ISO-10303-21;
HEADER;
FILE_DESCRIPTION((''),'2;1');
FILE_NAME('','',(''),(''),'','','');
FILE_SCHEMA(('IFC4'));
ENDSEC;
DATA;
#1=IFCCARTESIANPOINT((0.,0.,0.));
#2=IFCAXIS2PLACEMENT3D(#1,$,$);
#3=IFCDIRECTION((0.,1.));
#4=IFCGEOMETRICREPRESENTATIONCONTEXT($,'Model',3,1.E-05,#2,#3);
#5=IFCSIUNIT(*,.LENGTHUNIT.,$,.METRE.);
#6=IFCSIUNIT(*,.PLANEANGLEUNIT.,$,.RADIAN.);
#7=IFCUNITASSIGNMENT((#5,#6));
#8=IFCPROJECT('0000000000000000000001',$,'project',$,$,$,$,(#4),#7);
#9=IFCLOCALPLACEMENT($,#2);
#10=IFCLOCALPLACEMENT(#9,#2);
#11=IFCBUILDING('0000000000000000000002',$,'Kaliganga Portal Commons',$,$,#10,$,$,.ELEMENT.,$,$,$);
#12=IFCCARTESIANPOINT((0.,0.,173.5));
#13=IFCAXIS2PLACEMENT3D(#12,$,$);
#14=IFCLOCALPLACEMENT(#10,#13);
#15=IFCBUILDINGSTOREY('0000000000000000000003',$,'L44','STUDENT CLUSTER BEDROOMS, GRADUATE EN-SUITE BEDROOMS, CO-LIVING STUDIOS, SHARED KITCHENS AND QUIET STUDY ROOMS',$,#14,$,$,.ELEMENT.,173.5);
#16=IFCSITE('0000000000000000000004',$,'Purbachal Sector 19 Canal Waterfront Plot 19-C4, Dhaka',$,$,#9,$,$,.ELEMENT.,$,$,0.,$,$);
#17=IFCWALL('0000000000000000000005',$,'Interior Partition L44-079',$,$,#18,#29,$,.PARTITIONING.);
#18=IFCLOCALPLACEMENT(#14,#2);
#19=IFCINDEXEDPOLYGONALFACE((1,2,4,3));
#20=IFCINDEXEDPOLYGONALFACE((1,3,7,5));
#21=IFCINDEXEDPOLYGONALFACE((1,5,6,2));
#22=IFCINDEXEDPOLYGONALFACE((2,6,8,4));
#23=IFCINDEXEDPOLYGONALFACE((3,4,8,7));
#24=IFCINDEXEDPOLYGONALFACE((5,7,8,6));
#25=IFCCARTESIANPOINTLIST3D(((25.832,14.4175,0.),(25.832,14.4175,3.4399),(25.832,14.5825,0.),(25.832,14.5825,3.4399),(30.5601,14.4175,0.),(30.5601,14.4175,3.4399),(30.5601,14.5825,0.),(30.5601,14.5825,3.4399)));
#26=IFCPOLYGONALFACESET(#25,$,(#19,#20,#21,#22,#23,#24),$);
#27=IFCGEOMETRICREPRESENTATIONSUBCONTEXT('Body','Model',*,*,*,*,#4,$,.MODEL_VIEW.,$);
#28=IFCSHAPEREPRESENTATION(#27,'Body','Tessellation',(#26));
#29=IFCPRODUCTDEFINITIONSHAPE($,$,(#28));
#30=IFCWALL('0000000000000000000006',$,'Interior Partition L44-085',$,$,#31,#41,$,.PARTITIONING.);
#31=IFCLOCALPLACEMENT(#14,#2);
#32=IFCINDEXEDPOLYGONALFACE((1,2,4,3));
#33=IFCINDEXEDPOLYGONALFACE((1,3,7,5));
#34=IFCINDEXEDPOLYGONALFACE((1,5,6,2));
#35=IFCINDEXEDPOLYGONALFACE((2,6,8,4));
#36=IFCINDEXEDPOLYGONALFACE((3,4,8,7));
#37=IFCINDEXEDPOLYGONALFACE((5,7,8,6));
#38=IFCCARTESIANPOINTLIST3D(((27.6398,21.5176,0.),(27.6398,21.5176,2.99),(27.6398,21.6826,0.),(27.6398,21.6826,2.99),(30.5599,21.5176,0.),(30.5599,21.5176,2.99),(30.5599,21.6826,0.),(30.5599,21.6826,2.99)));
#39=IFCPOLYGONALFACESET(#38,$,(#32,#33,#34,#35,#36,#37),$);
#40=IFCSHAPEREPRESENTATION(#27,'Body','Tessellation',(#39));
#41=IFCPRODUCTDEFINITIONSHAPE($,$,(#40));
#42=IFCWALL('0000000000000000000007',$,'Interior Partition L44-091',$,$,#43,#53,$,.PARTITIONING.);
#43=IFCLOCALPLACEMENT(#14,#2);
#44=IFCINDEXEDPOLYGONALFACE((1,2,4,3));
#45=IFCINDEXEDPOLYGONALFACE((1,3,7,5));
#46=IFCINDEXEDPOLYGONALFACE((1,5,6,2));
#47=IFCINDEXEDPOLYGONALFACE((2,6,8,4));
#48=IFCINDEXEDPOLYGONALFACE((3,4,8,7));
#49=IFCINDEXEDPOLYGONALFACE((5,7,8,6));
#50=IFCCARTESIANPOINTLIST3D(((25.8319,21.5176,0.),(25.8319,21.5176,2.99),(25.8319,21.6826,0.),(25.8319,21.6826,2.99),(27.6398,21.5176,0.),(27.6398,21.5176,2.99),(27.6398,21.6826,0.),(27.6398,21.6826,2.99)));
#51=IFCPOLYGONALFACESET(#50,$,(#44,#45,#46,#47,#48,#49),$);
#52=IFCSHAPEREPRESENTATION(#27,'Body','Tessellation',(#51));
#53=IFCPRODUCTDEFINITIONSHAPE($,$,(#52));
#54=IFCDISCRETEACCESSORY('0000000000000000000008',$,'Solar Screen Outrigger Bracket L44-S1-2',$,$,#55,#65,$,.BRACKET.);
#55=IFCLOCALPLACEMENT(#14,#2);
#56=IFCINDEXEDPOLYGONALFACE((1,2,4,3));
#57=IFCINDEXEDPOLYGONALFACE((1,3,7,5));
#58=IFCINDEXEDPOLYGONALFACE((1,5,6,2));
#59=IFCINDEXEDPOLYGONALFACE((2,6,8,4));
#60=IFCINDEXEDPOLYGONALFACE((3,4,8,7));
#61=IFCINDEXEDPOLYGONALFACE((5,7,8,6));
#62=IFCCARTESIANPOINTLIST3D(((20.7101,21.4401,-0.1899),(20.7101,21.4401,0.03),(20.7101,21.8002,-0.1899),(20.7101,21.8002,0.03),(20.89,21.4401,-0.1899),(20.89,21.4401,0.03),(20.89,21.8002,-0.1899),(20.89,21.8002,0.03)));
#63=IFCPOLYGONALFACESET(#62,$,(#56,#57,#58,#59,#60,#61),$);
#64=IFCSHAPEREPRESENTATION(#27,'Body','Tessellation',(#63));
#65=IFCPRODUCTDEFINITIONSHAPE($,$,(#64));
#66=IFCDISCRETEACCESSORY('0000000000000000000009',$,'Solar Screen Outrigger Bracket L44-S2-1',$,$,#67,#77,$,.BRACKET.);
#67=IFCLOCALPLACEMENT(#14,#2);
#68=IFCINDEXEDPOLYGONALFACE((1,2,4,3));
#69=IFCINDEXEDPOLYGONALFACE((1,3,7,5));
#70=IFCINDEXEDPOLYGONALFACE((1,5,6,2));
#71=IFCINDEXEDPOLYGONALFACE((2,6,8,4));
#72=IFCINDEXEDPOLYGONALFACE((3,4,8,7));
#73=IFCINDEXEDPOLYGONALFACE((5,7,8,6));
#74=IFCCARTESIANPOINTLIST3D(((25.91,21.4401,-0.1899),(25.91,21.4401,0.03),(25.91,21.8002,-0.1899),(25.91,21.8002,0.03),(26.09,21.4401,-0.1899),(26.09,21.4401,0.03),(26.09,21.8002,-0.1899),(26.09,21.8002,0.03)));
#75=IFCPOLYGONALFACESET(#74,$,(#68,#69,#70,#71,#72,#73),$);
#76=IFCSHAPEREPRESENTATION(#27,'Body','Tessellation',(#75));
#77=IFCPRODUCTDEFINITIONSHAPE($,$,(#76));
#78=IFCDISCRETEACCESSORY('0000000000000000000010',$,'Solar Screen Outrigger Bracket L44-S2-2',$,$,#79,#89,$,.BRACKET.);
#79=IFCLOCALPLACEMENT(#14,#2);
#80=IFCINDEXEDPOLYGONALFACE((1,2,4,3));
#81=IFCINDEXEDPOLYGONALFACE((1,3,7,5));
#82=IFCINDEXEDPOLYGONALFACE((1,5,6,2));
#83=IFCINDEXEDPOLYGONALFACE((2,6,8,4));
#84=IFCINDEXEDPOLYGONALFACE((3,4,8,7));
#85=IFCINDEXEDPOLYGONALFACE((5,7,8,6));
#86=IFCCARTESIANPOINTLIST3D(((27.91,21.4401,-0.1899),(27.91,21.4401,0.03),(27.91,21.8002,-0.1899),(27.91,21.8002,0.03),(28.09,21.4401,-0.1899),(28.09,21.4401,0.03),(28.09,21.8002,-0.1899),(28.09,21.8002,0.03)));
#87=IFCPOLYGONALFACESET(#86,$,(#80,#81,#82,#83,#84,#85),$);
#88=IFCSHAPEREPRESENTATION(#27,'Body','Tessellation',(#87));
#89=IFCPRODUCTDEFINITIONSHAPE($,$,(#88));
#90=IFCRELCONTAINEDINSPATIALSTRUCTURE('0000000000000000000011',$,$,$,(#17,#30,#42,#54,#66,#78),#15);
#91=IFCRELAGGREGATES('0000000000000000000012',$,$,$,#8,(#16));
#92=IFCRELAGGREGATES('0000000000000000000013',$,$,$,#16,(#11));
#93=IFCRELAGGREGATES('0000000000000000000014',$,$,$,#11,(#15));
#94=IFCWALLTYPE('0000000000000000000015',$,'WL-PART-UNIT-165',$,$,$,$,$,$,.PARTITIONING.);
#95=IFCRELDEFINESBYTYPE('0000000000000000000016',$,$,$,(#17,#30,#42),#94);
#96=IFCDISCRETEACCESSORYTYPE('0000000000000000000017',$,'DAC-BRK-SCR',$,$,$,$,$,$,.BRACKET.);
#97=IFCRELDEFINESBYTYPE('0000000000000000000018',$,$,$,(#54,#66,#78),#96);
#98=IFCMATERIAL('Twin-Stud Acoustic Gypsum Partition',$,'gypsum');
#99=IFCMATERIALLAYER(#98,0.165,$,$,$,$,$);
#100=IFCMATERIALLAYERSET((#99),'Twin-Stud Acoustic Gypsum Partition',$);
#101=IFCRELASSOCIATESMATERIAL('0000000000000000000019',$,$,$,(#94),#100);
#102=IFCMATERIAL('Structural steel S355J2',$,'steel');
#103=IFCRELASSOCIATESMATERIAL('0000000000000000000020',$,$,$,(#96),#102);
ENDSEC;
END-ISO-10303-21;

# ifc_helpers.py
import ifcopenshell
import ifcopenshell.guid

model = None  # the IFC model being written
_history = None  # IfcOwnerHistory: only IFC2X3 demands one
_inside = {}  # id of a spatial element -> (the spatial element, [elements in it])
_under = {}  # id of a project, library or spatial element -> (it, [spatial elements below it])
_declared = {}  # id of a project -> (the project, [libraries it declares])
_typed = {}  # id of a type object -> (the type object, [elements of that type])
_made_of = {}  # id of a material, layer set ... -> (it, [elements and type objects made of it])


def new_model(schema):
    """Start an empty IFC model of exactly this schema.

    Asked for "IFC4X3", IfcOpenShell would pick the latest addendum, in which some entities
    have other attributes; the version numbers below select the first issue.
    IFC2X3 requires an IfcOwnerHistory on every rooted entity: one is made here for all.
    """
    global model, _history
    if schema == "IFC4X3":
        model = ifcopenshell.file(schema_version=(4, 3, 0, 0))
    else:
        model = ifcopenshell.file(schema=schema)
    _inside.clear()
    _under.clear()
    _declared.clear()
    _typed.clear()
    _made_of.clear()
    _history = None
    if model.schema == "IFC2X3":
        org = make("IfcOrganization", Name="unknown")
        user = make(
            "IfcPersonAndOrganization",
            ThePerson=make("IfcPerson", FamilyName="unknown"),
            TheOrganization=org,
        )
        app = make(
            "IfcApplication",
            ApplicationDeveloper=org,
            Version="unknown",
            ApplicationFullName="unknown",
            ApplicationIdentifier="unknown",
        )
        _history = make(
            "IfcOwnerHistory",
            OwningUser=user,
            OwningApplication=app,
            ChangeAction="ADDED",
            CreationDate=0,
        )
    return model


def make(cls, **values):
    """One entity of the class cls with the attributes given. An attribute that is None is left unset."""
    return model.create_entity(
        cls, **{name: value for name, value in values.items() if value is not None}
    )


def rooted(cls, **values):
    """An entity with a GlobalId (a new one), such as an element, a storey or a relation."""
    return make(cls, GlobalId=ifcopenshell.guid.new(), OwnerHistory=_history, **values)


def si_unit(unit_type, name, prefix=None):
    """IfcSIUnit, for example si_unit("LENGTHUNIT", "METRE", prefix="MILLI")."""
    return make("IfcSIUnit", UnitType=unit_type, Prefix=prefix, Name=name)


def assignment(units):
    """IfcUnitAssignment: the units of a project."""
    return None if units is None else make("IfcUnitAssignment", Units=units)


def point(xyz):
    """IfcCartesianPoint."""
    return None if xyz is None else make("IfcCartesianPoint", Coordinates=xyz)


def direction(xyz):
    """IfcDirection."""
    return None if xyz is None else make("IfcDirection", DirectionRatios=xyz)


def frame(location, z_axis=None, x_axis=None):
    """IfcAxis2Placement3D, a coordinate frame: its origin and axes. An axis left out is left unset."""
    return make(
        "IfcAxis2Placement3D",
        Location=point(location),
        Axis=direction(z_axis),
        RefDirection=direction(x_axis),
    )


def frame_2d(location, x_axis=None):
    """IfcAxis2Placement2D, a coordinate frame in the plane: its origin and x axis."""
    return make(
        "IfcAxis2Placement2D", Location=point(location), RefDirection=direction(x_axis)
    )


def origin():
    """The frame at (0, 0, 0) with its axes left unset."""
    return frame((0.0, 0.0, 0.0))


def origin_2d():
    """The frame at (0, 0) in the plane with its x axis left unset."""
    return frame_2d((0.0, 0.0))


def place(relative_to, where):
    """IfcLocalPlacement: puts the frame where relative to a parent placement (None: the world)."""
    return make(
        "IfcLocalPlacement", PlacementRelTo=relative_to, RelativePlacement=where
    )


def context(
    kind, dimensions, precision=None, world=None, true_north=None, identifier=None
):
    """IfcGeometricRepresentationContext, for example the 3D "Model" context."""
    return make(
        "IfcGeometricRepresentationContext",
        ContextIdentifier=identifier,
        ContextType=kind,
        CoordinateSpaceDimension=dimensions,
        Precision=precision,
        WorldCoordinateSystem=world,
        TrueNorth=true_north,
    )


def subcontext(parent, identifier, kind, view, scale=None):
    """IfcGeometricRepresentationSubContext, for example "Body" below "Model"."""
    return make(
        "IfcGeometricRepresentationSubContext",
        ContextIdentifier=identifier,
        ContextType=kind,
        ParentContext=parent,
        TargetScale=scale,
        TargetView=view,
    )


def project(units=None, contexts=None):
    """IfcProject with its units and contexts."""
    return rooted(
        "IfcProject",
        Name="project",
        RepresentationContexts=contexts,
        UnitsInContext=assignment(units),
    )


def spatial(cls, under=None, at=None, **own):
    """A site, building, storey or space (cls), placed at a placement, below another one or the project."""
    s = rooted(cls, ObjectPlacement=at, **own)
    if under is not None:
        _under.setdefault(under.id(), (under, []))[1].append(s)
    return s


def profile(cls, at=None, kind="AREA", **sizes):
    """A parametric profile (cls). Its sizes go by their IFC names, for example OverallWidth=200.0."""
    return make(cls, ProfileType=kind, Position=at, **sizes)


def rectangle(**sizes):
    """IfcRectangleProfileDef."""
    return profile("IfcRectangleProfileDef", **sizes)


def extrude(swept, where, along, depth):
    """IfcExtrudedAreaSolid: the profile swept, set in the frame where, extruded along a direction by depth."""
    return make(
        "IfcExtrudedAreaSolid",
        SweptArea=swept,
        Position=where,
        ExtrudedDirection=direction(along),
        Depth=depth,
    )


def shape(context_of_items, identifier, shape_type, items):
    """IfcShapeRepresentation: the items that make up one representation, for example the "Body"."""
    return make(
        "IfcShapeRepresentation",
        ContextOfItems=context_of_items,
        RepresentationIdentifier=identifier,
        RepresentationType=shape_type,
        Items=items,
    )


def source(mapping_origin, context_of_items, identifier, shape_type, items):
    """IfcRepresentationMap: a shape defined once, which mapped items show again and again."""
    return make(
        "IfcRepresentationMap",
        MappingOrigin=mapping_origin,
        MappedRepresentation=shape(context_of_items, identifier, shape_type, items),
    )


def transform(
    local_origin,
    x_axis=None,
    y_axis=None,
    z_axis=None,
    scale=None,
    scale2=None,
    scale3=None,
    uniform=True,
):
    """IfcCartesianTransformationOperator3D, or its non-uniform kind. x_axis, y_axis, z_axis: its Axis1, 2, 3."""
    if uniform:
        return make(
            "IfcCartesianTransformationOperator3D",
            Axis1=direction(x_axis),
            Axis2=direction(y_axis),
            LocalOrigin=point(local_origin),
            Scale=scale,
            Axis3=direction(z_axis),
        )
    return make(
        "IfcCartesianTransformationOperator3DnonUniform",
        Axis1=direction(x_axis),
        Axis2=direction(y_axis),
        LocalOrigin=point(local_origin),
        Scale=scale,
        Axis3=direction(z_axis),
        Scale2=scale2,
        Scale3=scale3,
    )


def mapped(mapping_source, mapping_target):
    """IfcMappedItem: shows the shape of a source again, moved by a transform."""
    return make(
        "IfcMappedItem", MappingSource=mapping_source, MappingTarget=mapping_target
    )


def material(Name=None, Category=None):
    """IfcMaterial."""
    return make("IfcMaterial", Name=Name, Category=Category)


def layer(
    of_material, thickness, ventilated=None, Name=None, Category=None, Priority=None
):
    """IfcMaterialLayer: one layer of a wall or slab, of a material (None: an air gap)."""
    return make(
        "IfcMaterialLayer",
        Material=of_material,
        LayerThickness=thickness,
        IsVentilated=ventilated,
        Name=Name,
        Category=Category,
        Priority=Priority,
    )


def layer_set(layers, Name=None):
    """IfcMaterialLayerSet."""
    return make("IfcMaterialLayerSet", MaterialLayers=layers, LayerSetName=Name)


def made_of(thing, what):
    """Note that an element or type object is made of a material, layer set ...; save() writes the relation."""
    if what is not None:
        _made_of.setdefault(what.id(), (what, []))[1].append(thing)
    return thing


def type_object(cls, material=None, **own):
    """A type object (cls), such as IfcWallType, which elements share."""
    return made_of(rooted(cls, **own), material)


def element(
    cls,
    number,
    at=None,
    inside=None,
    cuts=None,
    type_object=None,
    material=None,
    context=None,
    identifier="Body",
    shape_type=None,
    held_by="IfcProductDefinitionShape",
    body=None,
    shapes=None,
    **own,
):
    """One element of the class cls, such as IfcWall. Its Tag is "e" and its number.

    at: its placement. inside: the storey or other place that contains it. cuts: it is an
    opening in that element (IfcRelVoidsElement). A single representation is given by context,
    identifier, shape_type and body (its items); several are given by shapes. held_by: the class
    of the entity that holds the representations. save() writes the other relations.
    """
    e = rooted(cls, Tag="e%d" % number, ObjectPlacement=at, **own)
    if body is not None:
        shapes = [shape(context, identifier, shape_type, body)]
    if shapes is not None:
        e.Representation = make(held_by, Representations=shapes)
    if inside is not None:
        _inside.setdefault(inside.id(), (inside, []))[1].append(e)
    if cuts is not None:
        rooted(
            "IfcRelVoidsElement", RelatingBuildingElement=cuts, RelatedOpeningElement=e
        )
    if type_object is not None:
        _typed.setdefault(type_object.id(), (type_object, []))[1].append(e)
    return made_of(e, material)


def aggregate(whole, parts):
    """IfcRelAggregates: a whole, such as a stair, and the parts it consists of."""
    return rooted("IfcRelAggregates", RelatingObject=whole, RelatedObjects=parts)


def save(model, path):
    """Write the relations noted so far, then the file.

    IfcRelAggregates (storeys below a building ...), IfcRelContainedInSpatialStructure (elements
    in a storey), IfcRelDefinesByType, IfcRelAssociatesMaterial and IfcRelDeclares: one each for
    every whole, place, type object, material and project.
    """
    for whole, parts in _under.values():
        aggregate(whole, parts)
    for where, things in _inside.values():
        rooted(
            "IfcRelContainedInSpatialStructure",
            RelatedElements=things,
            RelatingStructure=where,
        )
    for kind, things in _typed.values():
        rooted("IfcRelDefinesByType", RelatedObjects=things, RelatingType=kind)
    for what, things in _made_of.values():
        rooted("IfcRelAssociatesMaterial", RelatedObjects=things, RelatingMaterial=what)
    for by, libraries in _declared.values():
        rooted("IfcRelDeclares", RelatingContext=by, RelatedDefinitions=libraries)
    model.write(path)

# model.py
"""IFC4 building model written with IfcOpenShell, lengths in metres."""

from ifc_helpers import new_model, si_unit, direction, frame, frame_2d, origin, origin_2d, place, context, subcontext, project, spatial, rectangle, extrude, source, transform, mapped, material, layer, layer_set, type_object, element, save


model = new_model("IFC4")

# Units and contexts
model_context = context("Model", 3, precision=1e-05, world=origin(), true_north=direction((0.0, 1.0)))
body_context = subcontext(model_context, "Body", "Model", "MODEL_VIEW")
ifc_project = project(units=[si_unit("LENGTHUNIT", "METRE"), si_unit("PLANEANGLEUNIT", "RADIAN")], contexts=[model_context])

# Site, building, storey
site_placement = place(None, origin())
site = spatial("IfcSite", under=ifc_project, at=site_placement, Name="Purbachal Sector 19 Canal Waterfront Plot 19-C4, Dhaka", CompositionType="ELEMENT", RefElevation=0.0)
building_placement = place(site_placement, origin())
building = spatial("IfcBuilding", under=site, at=building_placement, Name="Kaliganga Portal Commons", CompositionType="ELEMENT")
storey_placement = place(building_placement, frame((0.0, 0.0, 173.5)))
storey = spatial("IfcBuildingStorey", under=building, at=storey_placement, Name="L44", Description="STUDENT CLUSTER BEDROOMS, GRADUATE EN-SUITE BEDROOMS, CO-LIVING STUDIOS, SHARED KITCHENS AND QUIET STUDY ROOMS", CompositionType="ELEMENT", Elevation=173.5)

# Shared definitions
ifc_material_1 = material(Name="Structural steel S355J2", Category="steel")

# Walls
ifc_material_2 = material(Name="Twin-Stud Acoustic Gypsum Partition", Category="gypsum")
ifc_layer_1 = layer(ifc_material_2, 0.165)
ifc_layer_set_1 = layer_set([ifc_layer_1], Name="Twin-Stud Acoustic Gypsum Partition")
wall_type_1 = type_object("IfcWallType", Name="WL-PART-UNIT-165", PredefinedType="PARTITIONING", material=ifc_layer_set_1)
wall_1_placement = place(storey_placement, frame((25.832, 14.5, 0.0), z_axis=(0.0, 0.0, 1.0), x_axis=(1.0, 0.0, 0.0)))
element("IfcWall", 1, at=wall_1_placement, inside=storey, type_object=wall_type_1, Name="Interior Partition L44-079", PredefinedType="PARTITIONING", context=body_context, shape_type="SweptSolid", body=[
    extrude(rectangle(XDim=4.728, YDim=0.165, at=frame_2d((2.364, 0.0))), origin(), (0.0, 0.0, 1.0), 3.4399),
])
wall_2_placement = place(storey_placement, frame((27.6399, 21.6001, 0.0), z_axis=(0.0, 0.0, 1.0), x_axis=(1.0, 0.0, 0.0)))
element("IfcWall", 2, at=wall_2_placement, inside=storey, type_object=wall_type_1, Name="Interior Partition L44-085", PredefinedType="PARTITIONING", context=body_context, shape_type="SweptSolid", body=[
    extrude(rectangle(XDim=2.9202, YDim=0.165, at=frame_2d((1.46, 0.0))), origin(), (0.0, 0.0, 1.0), 2.99),
])
wall_3_placement = place(storey_placement, frame((25.832, 21.6001, 0.0), z_axis=(0.0, 0.0, 1.0), x_axis=(1.0, 0.0, 0.0)))
element("IfcWall", 3, at=wall_3_placement, inside=storey, type_object=wall_type_1, Name="Interior Partition L44-091", PredefinedType="PARTITIONING", context=body_context, shape_type="SweptSolid", body=[
    extrude(rectangle(XDim=1.8079, YDim=0.165, at=frame_2d((0.9038, 0.0))), origin(), (0.0, 0.0, 1.0), 2.99),
])

# Discrete accessories
discrete_accessory_type = type_object("IfcDiscreteAccessoryType", Name="DAC-BRK-SCR", PredefinedType="BRACKET", material=ifc_material_1)
shared_shape_1 = source(origin(), body_context, "Body", "SweptSolid", [
    extrude(rectangle(XDim=0.1799, YDim=0.3601, at=origin_2d()), origin(), (0.0, 0.0, 1.0), 0.22),
])
for number, where, z_axis, x_axis, name in (
    (4, (20.8, 21.6201, -0.1899), (0.0, 0.0, 1.0), (1.0, 0.0, 0.0), "Solar Screen Outrigger Bracket L44-S1-2"),
    (5, (26.0, 21.6201, -0.1899), (0.0, 0.0, 1.0), (1.0, 0.0, 0.0), "Solar Screen Outrigger Bracket L44-S2-1"),
    (6, (28.0, 21.6201, -0.1899), (0.0, 0.0, 1.0), (1.0, 0.0, 0.0), "Solar Screen Outrigger Bracket L44-S2-2"),
):
    element("IfcDiscreteAccessory", number, at=place(storey_placement, frame(where, z_axis=z_axis, x_axis=x_axis)), inside=storey, type_object=discrete_accessory_type, Name=name, PredefinedType="BRACKET", context=body_context, shape_type="MappedRepresentation", body=[
        mapped(shared_shape_1, transform((0.0, 0.0, 0.0), x_axis=(1.0, 0.0, 0.0), y_axis=(0.0, 1.0, 0.0), z_axis=(0.0, 0.0, 1.0), scale=1.0)),
    ])

save(model, "model.ifc")
